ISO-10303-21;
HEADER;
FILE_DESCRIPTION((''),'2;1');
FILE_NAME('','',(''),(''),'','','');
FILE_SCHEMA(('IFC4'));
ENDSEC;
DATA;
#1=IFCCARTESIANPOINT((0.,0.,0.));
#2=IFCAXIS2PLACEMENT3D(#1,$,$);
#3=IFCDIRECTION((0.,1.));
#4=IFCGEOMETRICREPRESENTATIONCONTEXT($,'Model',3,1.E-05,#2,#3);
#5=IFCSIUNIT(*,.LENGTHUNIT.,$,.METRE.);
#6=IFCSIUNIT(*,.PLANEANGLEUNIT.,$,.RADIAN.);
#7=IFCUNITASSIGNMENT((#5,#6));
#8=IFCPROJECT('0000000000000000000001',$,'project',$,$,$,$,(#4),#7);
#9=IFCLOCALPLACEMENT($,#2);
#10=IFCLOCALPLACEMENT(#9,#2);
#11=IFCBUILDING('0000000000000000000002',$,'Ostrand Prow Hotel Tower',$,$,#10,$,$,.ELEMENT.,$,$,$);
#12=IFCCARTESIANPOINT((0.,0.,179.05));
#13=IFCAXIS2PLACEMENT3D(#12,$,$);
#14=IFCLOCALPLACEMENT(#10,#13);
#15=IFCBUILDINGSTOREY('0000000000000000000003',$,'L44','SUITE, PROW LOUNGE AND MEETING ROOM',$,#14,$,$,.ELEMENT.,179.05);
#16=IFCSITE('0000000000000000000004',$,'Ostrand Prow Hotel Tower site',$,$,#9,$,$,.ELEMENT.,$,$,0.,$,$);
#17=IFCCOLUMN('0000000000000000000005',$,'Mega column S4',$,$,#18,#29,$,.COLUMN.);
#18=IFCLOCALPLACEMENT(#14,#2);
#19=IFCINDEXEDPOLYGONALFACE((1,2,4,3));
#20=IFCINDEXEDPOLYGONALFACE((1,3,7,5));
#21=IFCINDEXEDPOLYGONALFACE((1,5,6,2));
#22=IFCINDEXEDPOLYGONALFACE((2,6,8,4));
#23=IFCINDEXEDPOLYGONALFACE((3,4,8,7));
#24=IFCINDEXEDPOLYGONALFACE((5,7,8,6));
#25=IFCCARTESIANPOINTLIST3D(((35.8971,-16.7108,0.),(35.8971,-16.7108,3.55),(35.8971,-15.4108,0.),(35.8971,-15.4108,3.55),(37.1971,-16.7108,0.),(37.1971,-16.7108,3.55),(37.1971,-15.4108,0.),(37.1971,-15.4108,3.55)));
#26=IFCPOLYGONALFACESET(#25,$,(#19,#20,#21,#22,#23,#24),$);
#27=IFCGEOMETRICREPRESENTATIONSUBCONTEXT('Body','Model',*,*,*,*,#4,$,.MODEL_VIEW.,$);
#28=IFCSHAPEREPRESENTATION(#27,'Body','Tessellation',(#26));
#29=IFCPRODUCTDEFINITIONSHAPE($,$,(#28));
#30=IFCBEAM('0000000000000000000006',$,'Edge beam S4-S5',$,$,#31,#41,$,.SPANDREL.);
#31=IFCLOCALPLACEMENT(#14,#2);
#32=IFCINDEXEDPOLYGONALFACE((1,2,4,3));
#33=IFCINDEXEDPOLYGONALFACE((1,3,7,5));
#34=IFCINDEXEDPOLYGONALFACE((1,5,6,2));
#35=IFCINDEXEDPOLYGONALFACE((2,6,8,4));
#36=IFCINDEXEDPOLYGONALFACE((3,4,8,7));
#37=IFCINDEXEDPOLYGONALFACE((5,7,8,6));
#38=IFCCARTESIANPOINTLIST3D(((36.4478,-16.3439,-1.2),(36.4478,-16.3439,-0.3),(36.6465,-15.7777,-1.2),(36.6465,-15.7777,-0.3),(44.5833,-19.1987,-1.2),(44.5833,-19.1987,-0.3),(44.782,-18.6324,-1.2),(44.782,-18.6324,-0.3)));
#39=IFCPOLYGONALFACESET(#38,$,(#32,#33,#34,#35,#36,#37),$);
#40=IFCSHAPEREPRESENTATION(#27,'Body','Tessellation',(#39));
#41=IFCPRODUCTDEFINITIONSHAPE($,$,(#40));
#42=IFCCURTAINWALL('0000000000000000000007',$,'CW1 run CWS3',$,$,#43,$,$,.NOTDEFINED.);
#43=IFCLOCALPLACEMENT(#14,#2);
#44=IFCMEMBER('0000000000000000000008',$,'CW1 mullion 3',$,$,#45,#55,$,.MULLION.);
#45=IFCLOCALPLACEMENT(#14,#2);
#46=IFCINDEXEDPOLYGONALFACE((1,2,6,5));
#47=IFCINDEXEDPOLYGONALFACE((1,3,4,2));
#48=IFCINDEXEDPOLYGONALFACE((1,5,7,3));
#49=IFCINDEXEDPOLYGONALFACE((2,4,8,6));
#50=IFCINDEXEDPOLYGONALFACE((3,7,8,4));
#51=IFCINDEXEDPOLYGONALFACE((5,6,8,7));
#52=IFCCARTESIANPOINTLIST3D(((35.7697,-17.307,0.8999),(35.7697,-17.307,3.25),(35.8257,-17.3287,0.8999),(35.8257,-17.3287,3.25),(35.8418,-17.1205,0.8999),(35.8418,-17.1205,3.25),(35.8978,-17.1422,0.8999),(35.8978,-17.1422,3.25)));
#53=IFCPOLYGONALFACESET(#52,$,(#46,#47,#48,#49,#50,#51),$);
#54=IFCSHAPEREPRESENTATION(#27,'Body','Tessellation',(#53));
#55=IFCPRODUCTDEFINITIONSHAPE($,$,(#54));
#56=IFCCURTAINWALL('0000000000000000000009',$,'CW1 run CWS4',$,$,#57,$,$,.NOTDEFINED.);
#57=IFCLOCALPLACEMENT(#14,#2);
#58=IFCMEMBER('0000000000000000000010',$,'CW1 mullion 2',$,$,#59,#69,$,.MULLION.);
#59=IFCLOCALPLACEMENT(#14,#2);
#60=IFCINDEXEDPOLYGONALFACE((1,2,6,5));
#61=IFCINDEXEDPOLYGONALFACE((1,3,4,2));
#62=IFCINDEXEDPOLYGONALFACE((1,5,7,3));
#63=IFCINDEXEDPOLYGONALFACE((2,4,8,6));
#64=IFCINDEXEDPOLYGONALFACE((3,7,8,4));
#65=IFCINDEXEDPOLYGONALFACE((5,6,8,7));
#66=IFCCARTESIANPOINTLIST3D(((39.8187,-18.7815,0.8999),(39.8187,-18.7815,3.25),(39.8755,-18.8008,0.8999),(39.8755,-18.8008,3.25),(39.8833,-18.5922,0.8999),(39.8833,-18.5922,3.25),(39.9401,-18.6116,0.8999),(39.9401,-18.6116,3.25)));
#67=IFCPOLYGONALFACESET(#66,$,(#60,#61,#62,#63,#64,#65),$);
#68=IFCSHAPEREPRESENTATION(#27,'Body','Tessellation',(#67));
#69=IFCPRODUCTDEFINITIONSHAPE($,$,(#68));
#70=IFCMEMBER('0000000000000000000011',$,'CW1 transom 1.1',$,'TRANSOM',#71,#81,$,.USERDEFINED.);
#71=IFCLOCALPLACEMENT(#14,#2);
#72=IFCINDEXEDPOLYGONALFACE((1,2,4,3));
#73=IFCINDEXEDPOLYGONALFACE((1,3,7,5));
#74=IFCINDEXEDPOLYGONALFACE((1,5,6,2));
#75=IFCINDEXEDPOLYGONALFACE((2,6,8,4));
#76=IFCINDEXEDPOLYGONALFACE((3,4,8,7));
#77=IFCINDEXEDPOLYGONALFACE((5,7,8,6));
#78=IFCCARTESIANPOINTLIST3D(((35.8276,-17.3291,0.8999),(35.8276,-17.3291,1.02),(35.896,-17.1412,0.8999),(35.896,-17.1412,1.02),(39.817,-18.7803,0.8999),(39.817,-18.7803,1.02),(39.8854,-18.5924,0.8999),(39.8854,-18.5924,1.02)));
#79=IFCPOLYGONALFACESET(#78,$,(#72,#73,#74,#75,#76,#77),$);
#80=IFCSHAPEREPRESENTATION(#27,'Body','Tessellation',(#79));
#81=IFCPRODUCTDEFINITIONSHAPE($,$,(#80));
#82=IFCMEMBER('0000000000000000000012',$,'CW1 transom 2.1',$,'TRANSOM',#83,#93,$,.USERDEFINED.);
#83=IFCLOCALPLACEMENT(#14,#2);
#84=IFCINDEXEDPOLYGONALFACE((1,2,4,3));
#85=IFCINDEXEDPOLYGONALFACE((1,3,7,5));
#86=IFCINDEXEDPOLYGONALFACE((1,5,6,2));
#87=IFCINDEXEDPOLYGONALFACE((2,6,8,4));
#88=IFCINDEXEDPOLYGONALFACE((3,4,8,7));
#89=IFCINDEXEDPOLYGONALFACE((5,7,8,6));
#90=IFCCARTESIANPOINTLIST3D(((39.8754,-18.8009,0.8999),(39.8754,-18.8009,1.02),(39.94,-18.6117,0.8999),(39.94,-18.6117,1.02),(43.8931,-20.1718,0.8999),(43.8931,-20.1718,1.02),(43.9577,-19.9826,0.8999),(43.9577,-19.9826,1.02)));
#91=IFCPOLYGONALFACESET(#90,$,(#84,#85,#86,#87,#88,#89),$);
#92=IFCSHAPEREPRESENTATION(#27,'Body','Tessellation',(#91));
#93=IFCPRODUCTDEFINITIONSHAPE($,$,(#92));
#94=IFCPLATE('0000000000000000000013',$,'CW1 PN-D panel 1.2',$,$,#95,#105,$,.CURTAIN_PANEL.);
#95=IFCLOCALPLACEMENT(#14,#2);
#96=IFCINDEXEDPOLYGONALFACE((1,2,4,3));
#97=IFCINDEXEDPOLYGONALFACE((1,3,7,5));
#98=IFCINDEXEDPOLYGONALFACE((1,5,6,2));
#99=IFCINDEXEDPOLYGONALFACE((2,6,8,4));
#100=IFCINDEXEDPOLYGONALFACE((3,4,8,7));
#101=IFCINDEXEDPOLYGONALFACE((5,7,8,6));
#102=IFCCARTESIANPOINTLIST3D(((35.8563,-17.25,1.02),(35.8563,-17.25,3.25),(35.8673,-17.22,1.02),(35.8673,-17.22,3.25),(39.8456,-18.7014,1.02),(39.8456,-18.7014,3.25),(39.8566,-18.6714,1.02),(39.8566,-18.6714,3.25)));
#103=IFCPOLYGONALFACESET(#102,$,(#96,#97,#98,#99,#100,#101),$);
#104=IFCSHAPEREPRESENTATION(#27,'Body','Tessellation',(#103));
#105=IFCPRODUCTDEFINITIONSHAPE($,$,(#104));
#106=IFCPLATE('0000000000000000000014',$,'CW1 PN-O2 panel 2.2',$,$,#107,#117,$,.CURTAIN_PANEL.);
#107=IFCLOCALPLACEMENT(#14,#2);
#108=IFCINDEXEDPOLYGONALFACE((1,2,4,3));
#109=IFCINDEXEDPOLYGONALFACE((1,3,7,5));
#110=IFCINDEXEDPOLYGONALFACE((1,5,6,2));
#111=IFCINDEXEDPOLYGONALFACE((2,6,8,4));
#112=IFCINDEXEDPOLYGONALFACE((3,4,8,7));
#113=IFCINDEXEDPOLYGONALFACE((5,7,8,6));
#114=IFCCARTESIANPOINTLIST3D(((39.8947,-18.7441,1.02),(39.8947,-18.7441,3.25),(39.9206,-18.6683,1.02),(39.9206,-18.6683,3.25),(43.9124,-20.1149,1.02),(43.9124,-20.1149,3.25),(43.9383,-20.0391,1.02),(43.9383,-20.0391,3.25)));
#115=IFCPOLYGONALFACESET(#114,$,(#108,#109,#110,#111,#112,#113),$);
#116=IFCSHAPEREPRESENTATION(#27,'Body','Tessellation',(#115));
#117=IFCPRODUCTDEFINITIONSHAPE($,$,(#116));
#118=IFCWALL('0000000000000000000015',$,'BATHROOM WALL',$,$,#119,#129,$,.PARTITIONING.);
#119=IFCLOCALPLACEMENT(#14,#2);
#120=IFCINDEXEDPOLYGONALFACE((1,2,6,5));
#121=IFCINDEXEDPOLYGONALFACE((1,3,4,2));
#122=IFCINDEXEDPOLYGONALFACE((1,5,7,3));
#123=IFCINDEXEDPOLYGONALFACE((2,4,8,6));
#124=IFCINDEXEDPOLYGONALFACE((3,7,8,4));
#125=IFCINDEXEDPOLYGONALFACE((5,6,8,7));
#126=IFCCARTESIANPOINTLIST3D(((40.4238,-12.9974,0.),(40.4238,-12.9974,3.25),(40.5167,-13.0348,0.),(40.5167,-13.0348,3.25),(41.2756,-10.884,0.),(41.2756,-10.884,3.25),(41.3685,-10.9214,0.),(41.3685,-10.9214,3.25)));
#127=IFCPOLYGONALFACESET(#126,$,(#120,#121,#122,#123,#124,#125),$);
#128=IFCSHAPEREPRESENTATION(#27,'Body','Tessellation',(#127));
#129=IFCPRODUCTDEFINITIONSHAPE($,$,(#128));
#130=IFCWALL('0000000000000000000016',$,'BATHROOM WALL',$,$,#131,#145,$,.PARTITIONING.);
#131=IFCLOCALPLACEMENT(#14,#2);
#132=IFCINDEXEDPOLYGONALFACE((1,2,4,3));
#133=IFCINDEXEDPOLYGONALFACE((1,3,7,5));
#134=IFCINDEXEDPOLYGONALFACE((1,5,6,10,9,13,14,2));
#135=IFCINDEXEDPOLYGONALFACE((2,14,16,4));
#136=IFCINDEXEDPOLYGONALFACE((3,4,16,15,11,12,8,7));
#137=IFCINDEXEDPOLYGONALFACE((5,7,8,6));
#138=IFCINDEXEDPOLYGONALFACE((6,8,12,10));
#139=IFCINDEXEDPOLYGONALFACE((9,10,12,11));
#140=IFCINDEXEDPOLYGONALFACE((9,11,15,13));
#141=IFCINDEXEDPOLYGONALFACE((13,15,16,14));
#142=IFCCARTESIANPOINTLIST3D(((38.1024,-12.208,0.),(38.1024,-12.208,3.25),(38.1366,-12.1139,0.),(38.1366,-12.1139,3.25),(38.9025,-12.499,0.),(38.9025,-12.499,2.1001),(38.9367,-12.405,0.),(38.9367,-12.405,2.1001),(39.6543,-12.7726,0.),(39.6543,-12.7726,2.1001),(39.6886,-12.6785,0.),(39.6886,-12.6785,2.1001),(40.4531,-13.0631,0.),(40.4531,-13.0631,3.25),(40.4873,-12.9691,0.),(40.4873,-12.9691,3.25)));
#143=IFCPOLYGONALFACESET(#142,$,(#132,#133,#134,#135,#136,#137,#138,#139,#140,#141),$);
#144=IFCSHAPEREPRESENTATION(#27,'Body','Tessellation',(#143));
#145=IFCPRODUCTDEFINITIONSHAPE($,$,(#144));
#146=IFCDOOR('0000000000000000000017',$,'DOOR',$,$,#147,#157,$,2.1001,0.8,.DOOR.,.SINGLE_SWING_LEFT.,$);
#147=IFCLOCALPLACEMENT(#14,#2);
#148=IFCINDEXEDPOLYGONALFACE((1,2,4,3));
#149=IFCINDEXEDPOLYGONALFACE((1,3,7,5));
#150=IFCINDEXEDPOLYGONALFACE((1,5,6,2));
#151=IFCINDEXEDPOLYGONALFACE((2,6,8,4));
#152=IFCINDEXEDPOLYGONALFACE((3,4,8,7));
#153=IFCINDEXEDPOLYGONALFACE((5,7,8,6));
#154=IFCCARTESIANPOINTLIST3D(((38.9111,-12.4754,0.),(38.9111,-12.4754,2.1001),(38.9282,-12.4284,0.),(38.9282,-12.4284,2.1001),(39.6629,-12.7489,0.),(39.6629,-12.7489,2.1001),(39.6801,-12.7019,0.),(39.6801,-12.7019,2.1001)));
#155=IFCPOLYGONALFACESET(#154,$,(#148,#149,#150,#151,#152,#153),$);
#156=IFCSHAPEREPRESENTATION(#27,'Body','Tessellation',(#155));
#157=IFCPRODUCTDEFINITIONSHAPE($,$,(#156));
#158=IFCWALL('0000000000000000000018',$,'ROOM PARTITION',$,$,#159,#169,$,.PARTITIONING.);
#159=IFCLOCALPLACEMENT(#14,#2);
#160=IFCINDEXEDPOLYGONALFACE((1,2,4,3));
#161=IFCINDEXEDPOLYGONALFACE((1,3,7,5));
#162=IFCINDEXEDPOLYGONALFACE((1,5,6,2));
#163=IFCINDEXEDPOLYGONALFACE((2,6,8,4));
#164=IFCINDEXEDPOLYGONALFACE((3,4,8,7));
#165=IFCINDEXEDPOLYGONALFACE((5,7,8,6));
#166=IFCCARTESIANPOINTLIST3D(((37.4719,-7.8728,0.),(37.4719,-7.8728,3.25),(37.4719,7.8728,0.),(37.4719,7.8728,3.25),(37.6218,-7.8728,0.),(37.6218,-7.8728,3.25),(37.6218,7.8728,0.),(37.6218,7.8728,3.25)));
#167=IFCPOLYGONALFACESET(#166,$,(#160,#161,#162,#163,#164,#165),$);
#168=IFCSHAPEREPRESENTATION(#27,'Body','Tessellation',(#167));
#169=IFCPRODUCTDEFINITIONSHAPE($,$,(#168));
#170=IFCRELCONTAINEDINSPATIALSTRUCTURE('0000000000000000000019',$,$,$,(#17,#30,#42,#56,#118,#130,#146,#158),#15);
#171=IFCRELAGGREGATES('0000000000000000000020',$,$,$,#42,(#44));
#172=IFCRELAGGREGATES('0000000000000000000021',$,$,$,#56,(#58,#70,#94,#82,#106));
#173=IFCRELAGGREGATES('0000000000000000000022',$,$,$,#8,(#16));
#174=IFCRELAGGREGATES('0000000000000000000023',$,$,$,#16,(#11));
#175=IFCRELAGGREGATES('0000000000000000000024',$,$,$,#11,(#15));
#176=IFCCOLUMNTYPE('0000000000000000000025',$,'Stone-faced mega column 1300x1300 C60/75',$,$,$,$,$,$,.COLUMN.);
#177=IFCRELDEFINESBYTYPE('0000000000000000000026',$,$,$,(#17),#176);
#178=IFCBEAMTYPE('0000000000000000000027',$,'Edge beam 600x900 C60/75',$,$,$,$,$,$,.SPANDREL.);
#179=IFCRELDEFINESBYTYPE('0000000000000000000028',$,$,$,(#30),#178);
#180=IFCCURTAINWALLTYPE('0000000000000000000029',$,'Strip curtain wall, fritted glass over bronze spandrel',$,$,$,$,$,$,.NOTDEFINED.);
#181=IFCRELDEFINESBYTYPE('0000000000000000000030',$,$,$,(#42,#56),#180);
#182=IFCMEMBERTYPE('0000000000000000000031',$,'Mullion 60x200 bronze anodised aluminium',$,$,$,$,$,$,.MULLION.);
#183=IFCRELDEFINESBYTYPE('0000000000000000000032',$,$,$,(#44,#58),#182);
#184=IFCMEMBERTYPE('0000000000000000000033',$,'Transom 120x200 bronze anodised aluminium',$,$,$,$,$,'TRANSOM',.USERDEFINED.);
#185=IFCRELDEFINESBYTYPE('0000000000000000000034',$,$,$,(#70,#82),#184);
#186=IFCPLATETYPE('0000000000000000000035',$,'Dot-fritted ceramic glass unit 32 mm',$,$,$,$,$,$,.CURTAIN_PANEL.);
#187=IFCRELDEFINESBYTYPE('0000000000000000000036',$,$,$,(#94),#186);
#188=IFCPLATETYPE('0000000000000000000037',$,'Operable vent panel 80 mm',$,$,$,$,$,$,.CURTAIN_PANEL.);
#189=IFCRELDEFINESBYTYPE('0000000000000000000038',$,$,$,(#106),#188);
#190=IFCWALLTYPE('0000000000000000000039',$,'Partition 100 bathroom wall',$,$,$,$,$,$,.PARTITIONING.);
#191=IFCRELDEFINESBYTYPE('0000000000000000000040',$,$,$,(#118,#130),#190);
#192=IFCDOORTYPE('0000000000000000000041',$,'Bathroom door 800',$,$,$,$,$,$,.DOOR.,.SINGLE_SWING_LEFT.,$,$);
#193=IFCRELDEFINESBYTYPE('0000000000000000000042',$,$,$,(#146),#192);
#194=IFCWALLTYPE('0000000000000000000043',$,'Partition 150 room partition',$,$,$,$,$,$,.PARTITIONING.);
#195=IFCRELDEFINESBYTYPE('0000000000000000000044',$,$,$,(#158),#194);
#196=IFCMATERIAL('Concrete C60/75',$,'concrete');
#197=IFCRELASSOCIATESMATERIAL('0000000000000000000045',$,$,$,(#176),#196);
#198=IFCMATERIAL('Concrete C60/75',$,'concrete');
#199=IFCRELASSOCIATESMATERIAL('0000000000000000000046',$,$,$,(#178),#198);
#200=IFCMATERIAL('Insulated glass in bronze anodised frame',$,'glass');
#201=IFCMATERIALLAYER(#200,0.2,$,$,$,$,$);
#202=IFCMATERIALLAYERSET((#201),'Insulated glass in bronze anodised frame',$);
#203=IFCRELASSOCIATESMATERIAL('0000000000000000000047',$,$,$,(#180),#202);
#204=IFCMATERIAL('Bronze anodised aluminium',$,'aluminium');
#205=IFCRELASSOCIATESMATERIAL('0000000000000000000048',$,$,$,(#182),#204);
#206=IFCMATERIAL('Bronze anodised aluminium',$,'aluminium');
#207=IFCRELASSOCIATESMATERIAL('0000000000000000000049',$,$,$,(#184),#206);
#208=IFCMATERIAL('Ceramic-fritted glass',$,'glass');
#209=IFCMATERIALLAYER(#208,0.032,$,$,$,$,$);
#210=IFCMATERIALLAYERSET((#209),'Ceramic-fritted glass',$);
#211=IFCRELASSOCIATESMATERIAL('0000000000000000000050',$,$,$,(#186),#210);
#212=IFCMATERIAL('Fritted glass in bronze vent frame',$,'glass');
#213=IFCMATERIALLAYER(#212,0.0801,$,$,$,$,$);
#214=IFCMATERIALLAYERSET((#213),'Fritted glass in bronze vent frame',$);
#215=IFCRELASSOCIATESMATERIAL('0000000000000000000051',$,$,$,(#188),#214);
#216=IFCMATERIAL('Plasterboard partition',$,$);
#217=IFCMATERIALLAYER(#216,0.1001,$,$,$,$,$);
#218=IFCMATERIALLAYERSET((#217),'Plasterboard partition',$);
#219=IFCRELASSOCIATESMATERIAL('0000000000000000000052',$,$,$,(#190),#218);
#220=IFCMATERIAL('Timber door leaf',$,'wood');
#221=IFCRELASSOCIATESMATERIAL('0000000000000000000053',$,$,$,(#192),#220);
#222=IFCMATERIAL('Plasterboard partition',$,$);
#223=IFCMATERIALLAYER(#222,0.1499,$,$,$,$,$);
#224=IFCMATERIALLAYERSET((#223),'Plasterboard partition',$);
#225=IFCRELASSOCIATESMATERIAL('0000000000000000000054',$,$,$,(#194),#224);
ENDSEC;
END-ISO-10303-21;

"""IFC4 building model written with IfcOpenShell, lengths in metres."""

from ifc_helpers import new_model, si_unit, direction, frame, frame_2d, origin, origin_2d, place, context, subcontext, project, spatial, rectangle, extrude, material, layer, layer_set, material_profile, profile_set, type_object, element, fill, aggregate, save


model = new_model("IFC4")

# Units and contexts
model_context = context("Model", 3, precision=1e-05, world=origin(), true_north=direction((0.0, 1.0)))
body_context = subcontext(model_context, "Body", "Model", "MODEL_VIEW")
ifc_project = project(units=[si_unit("LENGTHUNIT", "METRE"), si_unit("PLANEANGLEUNIT", "RADIAN")], contexts=[model_context])

# Site, building, storey
site_placement = place(None, origin())
site = spatial("IfcSite", under=ifc_project, at=site_placement, Name="Ostrand Prow Hotel Tower site", CompositionType="ELEMENT", RefElevation=0.0)
building_placement = place(site_placement, origin())
building = spatial("IfcBuilding", under=site, at=building_placement, Name="Ostrand Prow Hotel Tower", CompositionType="ELEMENT")
storey_placement = place(building_placement, frame((0.0, 0.0, 179.05)))
storey = spatial("IfcBuildingStorey", under=building, at=storey_placement, Name="L44", Description="SUITE, PROW LOUNGE AND MEETING ROOM", CompositionType="ELEMENT", Elevation=179.05)

# Column
ifc_material_1 = material(Name="Concrete C60/75", Category="concrete")
ifc_material_profile_1 = material_profile(ifc_material_1, rectangle(XDim=1.3, YDim=1.3, at=origin_2d()), Name="RC 1300x1300")
ifc_profile_set_1 = profile_set([ifc_material_profile_1], Name="Concrete C60/75")
column_type = type_object("IfcColumnType", Name="Stone-faced mega column 1300x1300 C60/75", PredefinedType="COLUMN", material=ifc_profile_set_1)
column_placement = place(storey_placement, frame((36.5471, -16.0608, 0.0), z_axis=(0.0, 0.0, 1.0), x_axis=(1.0, 0.0, 0.0)))
element("IfcColumn", 1, at=column_placement, inside=storey, type_object=column_type, Name="Mega column S4", PredefinedType="COLUMN", context=body_context, shape_type="SweptSolid", body=[
    extrude(rectangle(XDim=1.3, YDim=1.3, at=origin_2d()), origin(), (0.0, 0.0, 1.0), 3.55),
])

# Beam
ifc_material_2 = material(Name="Concrete C60/75", Category="concrete")
ifc_material_profile_2 = material_profile(ifc_material_2, rectangle(XDim=0.6001, YDim=0.8999, at=origin_2d()), Name="RC 600x900")
ifc_profile_set_2 = profile_set([ifc_material_profile_2], Name="Concrete C60/75")
beam_type = type_object("IfcBeamType", Name="Edge beam 600x900 C60/75", PredefinedType="SPANDREL", material=ifc_profile_set_2)
beam_placement = place(storey_placement, frame((36.5471, -16.0608, -0.75), z_axis=(0.943594, -0.331106, 0.0), x_axis=(0.331106, 0.943594, 0.0)))
element("IfcBeam", 2, at=beam_placement, inside=storey, type_object=beam_type, Name="Edge beam S4-S5", PredefinedType="SPANDREL", context=body_context, shape_type="SweptSolid", body=[
    extrude(rectangle(XDim=0.6001, YDim=0.8999, at=origin_2d()), origin(), (0.0, 0.0, 1.0), 8.6218),
])

# Curtain wall, member
ifc_material_3 = material(Name="Insulated glass in bronze anodised frame", Category="glass")
ifc_layer_1 = layer(ifc_material_3, 0.2)
ifc_layer_set_1 = layer_set([ifc_layer_1], Name="Insulated glass in bronze anodised frame")
curtain_wall_type = type_object("IfcCurtainWallType", Name="Strip curtain wall, fritted glass over bronze spandrel", PredefinedType="NOTDEFINED", material=ifc_layer_set_1)
curtain_wall_1_placement = place(storey_placement, origin())
curtain_wall_1 = element("IfcCurtainWall", 3, at=curtain_wall_1_placement, inside=storey, type_object=curtain_wall_type, Name="CW1 run CWS3", PredefinedType="NOTDEFINED")
ifc_material_4 = material(Name="Bronze anodised aluminium", Category="aluminium")
ifc_material_profile_3 = material_profile(ifc_material_4, rectangle(XDim=0.2, YDim=0.0601, at=origin_2d()), Name="Mullion 60x200 bronze anodised aluminium")
ifc_profile_set_3 = profile_set([ifc_material_profile_3], Name="Bronze anodised aluminium")
member_type_1 = type_object("IfcMemberType", Name="Mullion 60x200 bronze anodised aluminium", PredefinedType="MULLION", material=ifc_profile_set_3)
member_1_placement = place(storey_placement, frame((35.8337, -17.2246, 0.8999), z_axis=(0.0, 0.0, 1.0), x_axis=(0.360749, 0.932663, 0.0)))
member_1 = element("IfcMember", 4, at=member_1_placement, type_object=member_type_1, Name="CW1 mullion 3", PredefinedType="MULLION", context=body_context, shape_type="SweptSolid", body=[
    extrude(rectangle(XDim=0.2, YDim=0.0601, at=origin_2d()), origin(), (0.0, 0.0, 1.0), 2.3501),
])
aggregate(curtain_wall_1, [member_1])

# Curtain wall, members, plates
curtain_wall_2_placement = place(storey_placement, origin())
curtain_wall_2 = element("IfcCurtainWall", 5, at=curtain_wall_2_placement, inside=storey, type_object=curtain_wall_type, Name="CW1 run CWS4", PredefinedType="NOTDEFINED")
member_2_placement = place(storey_placement, frame((39.8794, -18.6965, 0.8999), z_axis=(0.0, 0.0, 1.0), x_axis=(0.322908, 0.94643, 0.0)))
member_2 = element("IfcMember", 6, at=member_2_placement, type_object=member_type_1, Name="CW1 mullion 2", PredefinedType="MULLION", context=body_context, shape_type="SweptSolid", body=[
    extrude(rectangle(XDim=0.2, YDim=0.0601, at=origin_2d()), origin(), (0.0, 0.0, 1.0), 2.3501),
])
ifc_material_5 = material(Name="Bronze anodised aluminium", Category="aluminium")
ifc_material_profile_4 = material_profile(ifc_material_5, rectangle(XDim=0.2, YDim=0.1201, at=origin_2d()), Name="Transom 120x200 bronze anodised aluminium")
ifc_profile_set_4 = profile_set([ifc_material_profile_4], Name="Bronze anodised aluminium")
member_type_2 = type_object("IfcMemberType", Name="Transom 120x200 bronze anodised aluminium", ElementType="TRANSOM", PredefinedType="USERDEFINED", material=ifc_profile_set_4)
member_3_placement = place(storey_placement, frame((35.8618, -17.2351, 0.96), z_axis=(0.939753, -0.341854, 0.0), x_axis=(0.341854, 0.939753, 0.0)))
member_3 = element("IfcMember", 7, at=member_3_placement, type_object=member_type_2, Name="CW1 transom 1.1", ObjectType="TRANSOM", PredefinedType="USERDEFINED", context=body_context, shape_type="SweptSolid", body=[
    extrude(rectangle(XDim=0.2, YDim=0.1201, at=origin_2d()), origin(), (0.0, 0.0, 1.0), 4.2451),
])
member_4_placement = place(storey_placement, frame((39.9077, -18.7063, 0.96), z_axis=(0.946422, -0.322932, 0.0), x_axis=(0.322932, 0.946422, 0.0)))
member_4 = element("IfcMember", 8, at=member_4_placement, type_object=member_type_2, Name="CW1 transom 2.1", ObjectType="TRANSOM", PredefinedType="USERDEFINED", context=body_context, shape_type="SweptSolid", body=[
    extrude(rectangle(XDim=0.2, YDim=0.1201, at=origin_2d()), origin(), (0.0, 0.0, 1.0), 4.2451),
])
ifc_material_6 = material(Name="Ceramic-fritted glass", Category="glass")
ifc_layer_2 = layer(ifc_material_6, 0.032)
ifc_layer_set_2 = layer_set([ifc_layer_2], Name="Ceramic-fritted glass")
plate_type_1 = type_object("IfcPlateType", Name="Dot-fritted ceramic glass unit 32 mm", PredefinedType="CURTAIN_PANEL", material=ifc_layer_set_2)
plate_1_placement = place(storey_placement, frame((37.8564, -17.9607, 1.02), z_axis=(0.0, 0.0, 1.0), x_axis=(0.939737, -0.341897, 0.0)))
plate_1 = element("IfcPlate", 9, at=plate_1_placement, type_object=plate_type_1, Name="CW1 PN-D panel 1.2", PredefinedType="CURTAIN_PANEL", context=body_context, shape_type="SweptSolid", body=[
    extrude(rectangle(XDim=4.2451, YDim=0.032, at=origin_2d()), origin(), (0.0, 0.0, 1.0), 2.23),
])
ifc_material_7 = material(Name="Fritted glass in bronze vent frame", Category="glass")
ifc_layer_3 = layer(ifc_material_7, 0.0801)
ifc_layer_set_3 = layer_set([ifc_layer_3], Name="Fritted glass in bronze vent frame")
plate_type_2 = type_object("IfcPlateType", Name="Operable vent panel 80 mm", PredefinedType="CURTAIN_PANEL", material=ifc_layer_set_3)
plate_2_placement = place(storey_placement, frame((41.9165, -19.3916, 1.02), z_axis=(0.0, 0.0, 1.0), x_axis=(0.94643, -0.322908, 0.0)))
plate_2 = element("IfcPlate", 10, at=plate_2_placement, type_object=plate_type_2, Name="CW1 PN-O2 panel 2.2", PredefinedType="CURTAIN_PANEL", context=body_context, shape_type="SweptSolid", body=[
    extrude(rectangle(XDim=4.2451, YDim=0.0801, at=origin_2d()), origin(), (0.0, 0.0, 1.0), 2.23),
])
aggregate(curtain_wall_2, [member_2, member_3, plate_1, member_4, plate_2])

# Wall
ifc_material_8 = material(Name="Plasterboard partition")
ifc_layer_4 = layer(ifc_material_8, 0.1001)
ifc_layer_set_4 = layer_set([ifc_layer_4], Name="Plasterboard partition")
wall_type_1 = type_object("IfcWallType", Name="Partition 100 bathroom wall", PredefinedType="PARTITIONING", material=ifc_layer_set_4)
wall_1_placement = place(storey_placement, frame((41.322, -10.9028, 0.0), z_axis=(0.0, 0.0, 1.0), x_axis=(-0.373846, -0.927491, 0.0)))
element("IfcWall", 11, at=wall_1_placement, inside=storey, type_object=wall_type_1, Name="BATHROOM WALL", PredefinedType="PARTITIONING", context=body_context, shape_type="SweptSolid", body=[
    extrude(rectangle(XDim=2.2786, YDim=0.1001, at=frame_2d((1.1392, 0.0))), origin(), (0.0, 0.0, 1.0), 3.25),
])

# Wall, opening, door
wall_2_placement = place(storey_placement, frame((40.4702, -13.0161, 0.0), z_axis=(0.0, 0.0, 1.0), x_axis=(-0.939745, 0.341876, 0.0)))
wall_2 = element("IfcWall", 12, at=wall_2_placement, inside=storey, type_object=wall_type_1, Name="BATHROOM WALL", PredefinedType="PARTITIONING", context=body_context, shape_type="SweptSolid", body=[
    extrude(rectangle(XDim=2.5015, YDim=0.1001, at=frame_2d((1.2507, 0.0))), origin(), (0.0, 0.0, 1.0), 3.25),
])
opening_1_placement = place(wall_2_placement, frame((0.8501, 0.0, 0.0)))
opening_1 = element("IfcOpeningElement", 13, at=opening_1_placement, cuts=wall_2, PredefinedType="OPENING", context=body_context, shape_type="SweptSolid", body=[
    extrude(rectangle(XDim=0.8, YDim=2.1001, at=frame_2d((0.3999, 1.05))), frame((0.0, 0.0601, 0.0), z_axis=(0.0, -1.0, 0.0), x_axis=(1.0, 0.0, 0.0)), (0.0, 0.0, 1.0), 0.1201),
])
ifc_material_9 = material(Name="Timber door leaf", Category="wood")
door_type_1 = type_object("IfcDoorType", Name="Bathroom door 800", OperationType="SINGLE_SWING_LEFT", PredefinedType="DOOR", material=ifc_material_9)
door_1_placement = place(opening_1_placement, origin())
door_1 = element("IfcDoor", 14, at=door_1_placement, inside=storey, type_object=door_type_1, Name="DOOR", OperationType="SINGLE_SWING_LEFT", OverallHeight=2.1001, OverallWidth=0.8, PredefinedType="DOOR", context=body_context, shape_type="SweptSolid", body=[
    extrude(rectangle(XDim=0.8, YDim=2.1001, at=frame_2d((0.3999, 1.05))), frame((0.0, 0.0249, 0.0), z_axis=(0.0, -1.0, 0.0), x_axis=(1.0, 0.0, 0.0)), (0.0, 0.0, 1.0), 0.05),
])
fill(opening_1, door_1)

# Wall
ifc_material_10 = material(Name="Plasterboard partition")
ifc_layer_5 = layer(ifc_material_10, 0.1499)
ifc_layer_set_5 = layer_set([ifc_layer_5], Name="Plasterboard partition")
wall_type_2 = type_object("IfcWallType", Name="Partition 150 room partition", PredefinedType="PARTITIONING", material=ifc_layer_set_5)
wall_3_placement = place(storey_placement, frame((37.5469, -7.8728, 0.0), z_axis=(0.0, 0.0, 1.0), x_axis=(0.0, 1.0, 0.0)))
element("IfcWall", 15, at=wall_3_placement, inside=storey, type_object=wall_type_2, Name="ROOM PARTITION", PredefinedType="PARTITIONING", context=body_context, shape_type="SweptSolid", body=[
    extrude(rectangle(XDim=15.7456, YDim=0.1499, at=frame_2d((7.8728, 0.0))), origin(), (0.0, 0.0, 1.0), 3.25),
])

save(model, "model.ifc")
